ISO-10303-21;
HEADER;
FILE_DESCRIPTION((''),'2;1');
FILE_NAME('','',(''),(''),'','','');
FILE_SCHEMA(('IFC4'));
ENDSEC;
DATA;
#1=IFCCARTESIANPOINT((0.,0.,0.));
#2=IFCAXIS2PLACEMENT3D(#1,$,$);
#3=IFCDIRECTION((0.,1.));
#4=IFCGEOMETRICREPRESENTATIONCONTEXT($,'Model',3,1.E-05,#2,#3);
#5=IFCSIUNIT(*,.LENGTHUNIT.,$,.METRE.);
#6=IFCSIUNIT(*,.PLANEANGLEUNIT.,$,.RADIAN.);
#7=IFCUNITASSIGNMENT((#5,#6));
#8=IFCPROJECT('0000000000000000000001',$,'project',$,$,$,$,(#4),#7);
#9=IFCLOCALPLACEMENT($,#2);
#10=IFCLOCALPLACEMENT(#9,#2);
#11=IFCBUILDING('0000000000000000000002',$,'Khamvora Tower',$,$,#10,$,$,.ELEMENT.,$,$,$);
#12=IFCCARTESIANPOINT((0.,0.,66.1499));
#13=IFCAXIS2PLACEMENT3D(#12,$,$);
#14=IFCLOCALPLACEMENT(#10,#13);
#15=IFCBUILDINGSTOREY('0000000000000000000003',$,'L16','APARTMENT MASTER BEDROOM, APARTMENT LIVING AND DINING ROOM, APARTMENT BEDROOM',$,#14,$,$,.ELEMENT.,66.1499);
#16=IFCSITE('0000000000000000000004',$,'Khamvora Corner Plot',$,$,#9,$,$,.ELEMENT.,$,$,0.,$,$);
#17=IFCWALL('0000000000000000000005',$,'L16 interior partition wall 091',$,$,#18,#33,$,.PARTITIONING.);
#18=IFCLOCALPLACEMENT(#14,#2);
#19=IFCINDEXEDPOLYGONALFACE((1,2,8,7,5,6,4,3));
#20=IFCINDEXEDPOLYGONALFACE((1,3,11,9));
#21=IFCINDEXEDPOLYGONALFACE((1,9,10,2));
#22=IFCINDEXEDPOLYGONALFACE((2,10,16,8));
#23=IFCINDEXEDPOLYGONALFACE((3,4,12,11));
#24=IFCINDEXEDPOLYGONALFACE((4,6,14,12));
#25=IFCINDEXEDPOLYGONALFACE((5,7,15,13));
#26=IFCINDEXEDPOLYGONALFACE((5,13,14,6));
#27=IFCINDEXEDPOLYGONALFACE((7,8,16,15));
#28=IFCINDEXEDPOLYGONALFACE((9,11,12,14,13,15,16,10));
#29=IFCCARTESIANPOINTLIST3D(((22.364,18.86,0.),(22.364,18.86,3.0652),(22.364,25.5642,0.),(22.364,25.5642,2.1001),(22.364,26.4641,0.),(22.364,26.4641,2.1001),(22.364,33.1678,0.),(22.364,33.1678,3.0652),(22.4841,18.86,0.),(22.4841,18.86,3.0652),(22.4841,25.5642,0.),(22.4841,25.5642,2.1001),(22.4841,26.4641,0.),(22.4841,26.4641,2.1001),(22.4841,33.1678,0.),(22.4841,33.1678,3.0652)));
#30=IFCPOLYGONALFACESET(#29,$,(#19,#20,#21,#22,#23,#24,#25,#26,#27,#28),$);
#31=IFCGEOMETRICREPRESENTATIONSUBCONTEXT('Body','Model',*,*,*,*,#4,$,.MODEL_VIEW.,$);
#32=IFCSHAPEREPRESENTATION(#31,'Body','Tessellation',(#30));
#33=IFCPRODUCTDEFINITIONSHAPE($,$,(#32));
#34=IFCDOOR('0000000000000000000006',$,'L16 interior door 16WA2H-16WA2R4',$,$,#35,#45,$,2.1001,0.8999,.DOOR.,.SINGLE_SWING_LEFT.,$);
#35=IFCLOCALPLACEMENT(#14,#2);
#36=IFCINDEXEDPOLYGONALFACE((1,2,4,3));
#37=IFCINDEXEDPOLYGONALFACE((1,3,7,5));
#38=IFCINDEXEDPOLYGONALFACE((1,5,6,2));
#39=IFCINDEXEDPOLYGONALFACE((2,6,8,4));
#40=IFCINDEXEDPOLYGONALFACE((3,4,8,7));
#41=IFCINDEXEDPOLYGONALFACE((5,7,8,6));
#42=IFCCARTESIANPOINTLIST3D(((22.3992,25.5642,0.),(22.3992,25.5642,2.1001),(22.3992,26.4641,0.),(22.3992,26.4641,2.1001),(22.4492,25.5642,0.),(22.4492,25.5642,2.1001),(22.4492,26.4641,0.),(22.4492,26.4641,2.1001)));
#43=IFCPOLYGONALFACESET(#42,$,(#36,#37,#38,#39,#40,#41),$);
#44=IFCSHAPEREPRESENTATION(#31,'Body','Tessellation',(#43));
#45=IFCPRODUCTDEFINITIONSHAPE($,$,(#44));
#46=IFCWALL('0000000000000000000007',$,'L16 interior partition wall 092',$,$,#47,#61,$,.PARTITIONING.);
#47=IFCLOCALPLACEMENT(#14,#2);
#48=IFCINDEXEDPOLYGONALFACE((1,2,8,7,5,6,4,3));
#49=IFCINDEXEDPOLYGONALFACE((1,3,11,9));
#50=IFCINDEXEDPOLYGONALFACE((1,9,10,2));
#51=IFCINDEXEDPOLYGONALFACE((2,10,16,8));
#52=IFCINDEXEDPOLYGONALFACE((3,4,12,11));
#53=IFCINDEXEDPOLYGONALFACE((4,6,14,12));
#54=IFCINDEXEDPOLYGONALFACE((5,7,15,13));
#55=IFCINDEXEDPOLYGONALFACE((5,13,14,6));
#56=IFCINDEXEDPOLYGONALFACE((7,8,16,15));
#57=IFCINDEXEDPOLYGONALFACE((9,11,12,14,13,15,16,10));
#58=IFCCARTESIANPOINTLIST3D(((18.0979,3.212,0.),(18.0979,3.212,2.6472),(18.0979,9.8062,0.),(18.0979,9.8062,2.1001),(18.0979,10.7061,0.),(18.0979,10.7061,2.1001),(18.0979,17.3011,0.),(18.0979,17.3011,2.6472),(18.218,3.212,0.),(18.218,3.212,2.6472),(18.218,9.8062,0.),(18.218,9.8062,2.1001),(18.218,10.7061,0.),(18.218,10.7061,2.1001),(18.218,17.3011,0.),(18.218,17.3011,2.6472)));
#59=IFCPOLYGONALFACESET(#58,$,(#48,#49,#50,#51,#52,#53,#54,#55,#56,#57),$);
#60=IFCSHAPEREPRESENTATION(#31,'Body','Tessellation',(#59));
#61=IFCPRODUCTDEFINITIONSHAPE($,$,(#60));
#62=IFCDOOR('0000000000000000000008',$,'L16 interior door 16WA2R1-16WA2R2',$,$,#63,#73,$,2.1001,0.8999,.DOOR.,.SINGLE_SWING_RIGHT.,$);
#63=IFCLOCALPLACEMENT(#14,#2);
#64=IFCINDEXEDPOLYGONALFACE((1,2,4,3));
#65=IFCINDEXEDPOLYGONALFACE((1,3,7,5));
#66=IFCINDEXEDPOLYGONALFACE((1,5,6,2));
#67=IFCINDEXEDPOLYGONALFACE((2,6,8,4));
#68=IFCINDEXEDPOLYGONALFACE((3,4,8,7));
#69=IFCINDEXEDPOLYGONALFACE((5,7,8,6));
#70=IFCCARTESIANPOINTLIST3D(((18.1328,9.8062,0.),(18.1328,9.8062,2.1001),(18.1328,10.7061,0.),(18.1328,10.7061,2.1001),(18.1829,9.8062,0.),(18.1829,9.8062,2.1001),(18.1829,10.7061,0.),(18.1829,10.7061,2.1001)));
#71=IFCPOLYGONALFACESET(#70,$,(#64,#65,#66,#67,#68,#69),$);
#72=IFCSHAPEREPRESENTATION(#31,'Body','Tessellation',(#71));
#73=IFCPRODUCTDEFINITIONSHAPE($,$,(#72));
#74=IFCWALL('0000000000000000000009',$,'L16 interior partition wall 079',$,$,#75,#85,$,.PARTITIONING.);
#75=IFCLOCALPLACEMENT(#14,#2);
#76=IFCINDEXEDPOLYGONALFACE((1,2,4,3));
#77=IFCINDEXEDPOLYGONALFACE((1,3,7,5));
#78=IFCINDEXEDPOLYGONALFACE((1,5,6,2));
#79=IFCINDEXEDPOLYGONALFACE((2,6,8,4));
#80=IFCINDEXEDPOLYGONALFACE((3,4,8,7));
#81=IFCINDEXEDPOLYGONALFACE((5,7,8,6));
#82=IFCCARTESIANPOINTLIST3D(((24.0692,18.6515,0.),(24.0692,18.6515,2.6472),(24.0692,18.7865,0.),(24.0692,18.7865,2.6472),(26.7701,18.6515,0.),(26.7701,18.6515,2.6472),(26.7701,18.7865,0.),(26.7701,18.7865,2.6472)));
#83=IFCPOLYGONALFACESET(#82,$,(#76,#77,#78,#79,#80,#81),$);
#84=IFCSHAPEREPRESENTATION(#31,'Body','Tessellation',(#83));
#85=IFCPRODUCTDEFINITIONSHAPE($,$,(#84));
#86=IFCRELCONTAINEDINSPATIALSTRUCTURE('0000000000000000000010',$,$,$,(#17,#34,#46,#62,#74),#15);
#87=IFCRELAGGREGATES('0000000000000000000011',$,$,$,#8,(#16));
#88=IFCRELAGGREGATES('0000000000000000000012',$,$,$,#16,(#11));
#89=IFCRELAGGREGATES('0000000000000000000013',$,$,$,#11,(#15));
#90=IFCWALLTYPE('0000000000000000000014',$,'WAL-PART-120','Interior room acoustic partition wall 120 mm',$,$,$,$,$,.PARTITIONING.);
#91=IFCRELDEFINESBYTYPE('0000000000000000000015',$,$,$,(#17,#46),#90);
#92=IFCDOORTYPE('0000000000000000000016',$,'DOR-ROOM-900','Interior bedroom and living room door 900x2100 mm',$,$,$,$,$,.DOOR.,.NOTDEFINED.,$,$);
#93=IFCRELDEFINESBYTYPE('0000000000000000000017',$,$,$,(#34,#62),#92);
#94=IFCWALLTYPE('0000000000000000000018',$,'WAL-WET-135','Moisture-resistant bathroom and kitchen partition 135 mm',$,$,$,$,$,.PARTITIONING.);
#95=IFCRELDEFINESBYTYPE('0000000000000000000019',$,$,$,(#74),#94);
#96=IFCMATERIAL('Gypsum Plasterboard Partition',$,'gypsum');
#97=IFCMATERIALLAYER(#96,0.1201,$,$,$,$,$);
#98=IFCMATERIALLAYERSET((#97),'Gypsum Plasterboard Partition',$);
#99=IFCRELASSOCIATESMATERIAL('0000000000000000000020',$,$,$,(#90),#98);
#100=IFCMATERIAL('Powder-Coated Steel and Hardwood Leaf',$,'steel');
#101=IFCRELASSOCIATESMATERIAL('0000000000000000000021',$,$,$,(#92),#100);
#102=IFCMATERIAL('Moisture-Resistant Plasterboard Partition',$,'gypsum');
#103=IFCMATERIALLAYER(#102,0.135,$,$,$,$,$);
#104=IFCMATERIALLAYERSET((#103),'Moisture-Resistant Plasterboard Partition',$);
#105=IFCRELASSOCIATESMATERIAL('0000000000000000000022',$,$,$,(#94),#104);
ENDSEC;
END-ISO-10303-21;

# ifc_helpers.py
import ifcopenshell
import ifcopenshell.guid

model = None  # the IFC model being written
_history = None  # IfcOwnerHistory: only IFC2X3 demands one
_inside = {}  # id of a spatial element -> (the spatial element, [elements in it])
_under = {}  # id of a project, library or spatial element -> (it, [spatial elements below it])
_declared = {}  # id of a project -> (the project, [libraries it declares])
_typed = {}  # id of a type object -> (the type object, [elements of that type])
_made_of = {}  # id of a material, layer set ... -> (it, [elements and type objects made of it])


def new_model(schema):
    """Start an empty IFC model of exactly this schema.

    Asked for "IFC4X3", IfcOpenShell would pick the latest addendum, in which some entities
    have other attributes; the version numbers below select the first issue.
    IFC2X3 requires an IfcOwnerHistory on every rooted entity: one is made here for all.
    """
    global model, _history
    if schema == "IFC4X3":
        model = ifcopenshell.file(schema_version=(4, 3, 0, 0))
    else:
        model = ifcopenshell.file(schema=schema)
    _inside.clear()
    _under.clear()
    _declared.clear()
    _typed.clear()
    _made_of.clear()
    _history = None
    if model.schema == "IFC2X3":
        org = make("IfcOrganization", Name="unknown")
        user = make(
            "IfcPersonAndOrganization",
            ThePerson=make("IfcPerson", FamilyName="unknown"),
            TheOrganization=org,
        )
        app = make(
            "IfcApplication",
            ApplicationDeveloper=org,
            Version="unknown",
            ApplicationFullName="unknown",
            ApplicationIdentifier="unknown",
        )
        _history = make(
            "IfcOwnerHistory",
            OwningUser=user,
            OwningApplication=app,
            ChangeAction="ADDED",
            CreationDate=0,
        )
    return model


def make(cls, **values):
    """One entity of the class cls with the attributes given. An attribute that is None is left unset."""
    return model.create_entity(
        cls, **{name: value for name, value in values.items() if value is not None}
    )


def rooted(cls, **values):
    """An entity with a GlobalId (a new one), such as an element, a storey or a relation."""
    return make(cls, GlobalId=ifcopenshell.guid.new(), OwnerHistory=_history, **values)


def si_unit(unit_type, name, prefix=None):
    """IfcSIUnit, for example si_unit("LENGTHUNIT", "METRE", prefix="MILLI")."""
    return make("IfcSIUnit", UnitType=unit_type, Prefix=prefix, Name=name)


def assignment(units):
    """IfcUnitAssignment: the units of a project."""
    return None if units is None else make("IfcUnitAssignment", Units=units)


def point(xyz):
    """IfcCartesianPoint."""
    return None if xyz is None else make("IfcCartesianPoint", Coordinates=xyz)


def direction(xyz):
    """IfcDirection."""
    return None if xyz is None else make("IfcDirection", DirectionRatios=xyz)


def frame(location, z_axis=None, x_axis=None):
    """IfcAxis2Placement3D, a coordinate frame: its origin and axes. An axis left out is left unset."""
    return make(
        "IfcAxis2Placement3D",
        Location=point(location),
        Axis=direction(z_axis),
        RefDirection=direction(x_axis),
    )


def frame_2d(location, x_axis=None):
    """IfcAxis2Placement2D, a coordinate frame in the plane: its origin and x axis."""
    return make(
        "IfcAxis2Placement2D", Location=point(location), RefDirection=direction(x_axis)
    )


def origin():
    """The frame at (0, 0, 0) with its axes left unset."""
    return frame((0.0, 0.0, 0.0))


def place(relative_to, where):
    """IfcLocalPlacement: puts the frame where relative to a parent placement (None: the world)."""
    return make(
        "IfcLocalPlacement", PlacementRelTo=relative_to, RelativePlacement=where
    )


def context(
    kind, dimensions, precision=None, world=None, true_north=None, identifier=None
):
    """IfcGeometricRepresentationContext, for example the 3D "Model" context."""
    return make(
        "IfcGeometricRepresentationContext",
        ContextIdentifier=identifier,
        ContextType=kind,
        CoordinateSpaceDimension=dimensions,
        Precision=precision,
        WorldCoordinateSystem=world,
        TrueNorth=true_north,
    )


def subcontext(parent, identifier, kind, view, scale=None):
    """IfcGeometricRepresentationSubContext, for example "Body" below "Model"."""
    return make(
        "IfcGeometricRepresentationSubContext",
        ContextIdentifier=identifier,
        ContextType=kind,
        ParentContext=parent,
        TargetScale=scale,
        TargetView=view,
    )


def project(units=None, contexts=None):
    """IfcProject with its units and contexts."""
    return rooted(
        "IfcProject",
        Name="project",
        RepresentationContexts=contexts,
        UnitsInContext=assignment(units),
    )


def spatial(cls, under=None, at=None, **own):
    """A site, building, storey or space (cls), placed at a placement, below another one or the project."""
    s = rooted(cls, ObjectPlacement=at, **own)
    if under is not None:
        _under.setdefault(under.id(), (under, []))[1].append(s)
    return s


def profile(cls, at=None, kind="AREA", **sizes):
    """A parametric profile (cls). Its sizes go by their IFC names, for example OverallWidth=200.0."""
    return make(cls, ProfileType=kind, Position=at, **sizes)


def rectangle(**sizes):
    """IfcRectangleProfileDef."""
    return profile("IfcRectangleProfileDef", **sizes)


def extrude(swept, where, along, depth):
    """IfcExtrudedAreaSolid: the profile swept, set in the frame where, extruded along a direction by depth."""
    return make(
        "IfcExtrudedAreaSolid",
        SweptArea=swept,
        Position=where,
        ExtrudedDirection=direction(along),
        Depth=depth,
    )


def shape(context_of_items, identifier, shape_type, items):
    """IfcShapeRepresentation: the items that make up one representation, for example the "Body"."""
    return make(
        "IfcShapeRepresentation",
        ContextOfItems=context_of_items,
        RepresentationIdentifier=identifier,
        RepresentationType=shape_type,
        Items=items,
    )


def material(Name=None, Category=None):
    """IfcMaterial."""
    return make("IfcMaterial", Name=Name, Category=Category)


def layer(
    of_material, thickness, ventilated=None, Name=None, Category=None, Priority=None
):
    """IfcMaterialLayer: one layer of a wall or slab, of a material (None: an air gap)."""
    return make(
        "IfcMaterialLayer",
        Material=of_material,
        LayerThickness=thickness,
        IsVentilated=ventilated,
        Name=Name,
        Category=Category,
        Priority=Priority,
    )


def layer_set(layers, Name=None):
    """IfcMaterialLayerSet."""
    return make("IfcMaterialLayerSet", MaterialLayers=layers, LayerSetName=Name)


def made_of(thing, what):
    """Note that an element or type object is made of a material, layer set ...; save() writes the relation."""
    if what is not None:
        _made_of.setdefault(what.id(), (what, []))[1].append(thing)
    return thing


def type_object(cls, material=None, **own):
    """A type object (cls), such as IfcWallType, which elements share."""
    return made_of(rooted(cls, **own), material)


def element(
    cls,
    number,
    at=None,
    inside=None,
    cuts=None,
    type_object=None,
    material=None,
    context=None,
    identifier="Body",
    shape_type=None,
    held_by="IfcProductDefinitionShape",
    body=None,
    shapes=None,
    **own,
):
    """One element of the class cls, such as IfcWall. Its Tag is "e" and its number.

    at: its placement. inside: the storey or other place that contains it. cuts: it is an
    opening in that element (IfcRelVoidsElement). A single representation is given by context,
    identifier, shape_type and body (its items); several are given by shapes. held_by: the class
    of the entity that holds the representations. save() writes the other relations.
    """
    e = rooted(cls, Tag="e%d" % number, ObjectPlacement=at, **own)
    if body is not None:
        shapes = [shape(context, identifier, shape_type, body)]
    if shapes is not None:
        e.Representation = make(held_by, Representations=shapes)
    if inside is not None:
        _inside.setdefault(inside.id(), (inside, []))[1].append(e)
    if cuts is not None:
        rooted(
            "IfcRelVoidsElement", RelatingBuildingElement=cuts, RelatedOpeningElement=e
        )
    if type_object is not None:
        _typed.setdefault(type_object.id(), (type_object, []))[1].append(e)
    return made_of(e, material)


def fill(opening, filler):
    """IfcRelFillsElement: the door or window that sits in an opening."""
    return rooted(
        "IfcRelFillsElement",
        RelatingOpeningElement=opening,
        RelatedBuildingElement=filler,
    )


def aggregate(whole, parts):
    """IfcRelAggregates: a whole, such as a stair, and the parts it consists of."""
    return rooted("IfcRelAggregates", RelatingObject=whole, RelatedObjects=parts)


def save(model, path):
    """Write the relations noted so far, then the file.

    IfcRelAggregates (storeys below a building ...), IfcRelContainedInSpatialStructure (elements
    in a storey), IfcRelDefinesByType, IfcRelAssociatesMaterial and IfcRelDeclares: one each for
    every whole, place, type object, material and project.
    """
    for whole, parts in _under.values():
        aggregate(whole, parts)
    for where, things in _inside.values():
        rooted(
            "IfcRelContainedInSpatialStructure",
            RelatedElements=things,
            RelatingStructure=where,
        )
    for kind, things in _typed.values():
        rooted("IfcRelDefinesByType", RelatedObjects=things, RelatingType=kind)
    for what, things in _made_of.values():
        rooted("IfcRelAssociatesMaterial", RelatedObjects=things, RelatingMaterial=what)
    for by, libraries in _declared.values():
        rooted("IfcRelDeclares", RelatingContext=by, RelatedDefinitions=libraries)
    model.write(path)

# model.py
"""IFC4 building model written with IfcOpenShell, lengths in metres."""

from ifc_helpers import new_model, si_unit, direction, frame, frame_2d, origin, place, context, subcontext, project, spatial, rectangle, extrude, material, layer, layer_set, type_object, element, fill, save


model = new_model("IFC4")

# Units and contexts
model_context = context("Model", 3, precision=1e-05, world=origin(), true_north=direction((0.0, 1.0)))
body_context = subcontext(model_context, "Body", "Model", "MODEL_VIEW")
ifc_project = project(units=[si_unit("LENGTHUNIT", "METRE"), si_unit("PLANEANGLEUNIT", "RADIAN")], contexts=[model_context])

# Site, building, storey
site_placement = place(None, origin())
site = spatial("IfcSite", under=ifc_project, at=site_placement, Name="Khamvora Corner Plot", CompositionType="ELEMENT", RefElevation=0.0)
building_placement = place(site_placement, origin())
building = spatial("IfcBuilding", under=site, at=building_placement, Name="Khamvora Tower", CompositionType="ELEMENT")
storey_placement = place(building_placement, frame((0.0, 0.0, 66.1499)))
storey = spatial("IfcBuildingStorey", under=building, at=storey_placement, Name="L16", Description="APARTMENT MASTER BEDROOM, APARTMENT LIVING AND DINING ROOM, APARTMENT BEDROOM", CompositionType="ELEMENT", Elevation=66.1499)

# Shared definitions
ifc_material_1 = material(Name="Gypsum Plasterboard Partition", Category="gypsum")
ifc_layer_1 = layer(ifc_material_1, 0.1201)
ifc_layer_set_1 = layer_set([ifc_layer_1], Name="Gypsum Plasterboard Partition")
wall_type_1 = type_object("IfcWallType", Name="WAL-PART-120", Description="Interior room acoustic partition wall 120 mm", PredefinedType="PARTITIONING", material=ifc_layer_set_1)

# Shared definitions
ifc_material_2 = material(Name="Powder-Coated Steel and Hardwood Leaf", Category="steel")
door_type = type_object("IfcDoorType", Name="DOR-ROOM-900", Description="Interior bedroom and living room door 900x2100 mm", OperationType="NOTDEFINED", PredefinedType="DOOR", material=ifc_material_2)

# Walls, openings, doors
wall_1_placement = place(storey_placement, frame((22.4241, 18.8601, 0.0), z_axis=(0.0, 0.0, 1.0), x_axis=(0.0, 1.0, 0.0)))
wall_1 = element("IfcWall", 1, at=wall_1_placement, inside=storey, type_object=wall_type_1, Name="L16 interior partition wall 091", PredefinedType="PARTITIONING", context=body_context, shape_type="SweptSolid", body=[
    extrude(rectangle(XDim=14.3079, YDim=0.1201, at=frame_2d((7.1538, 0.0))), origin(), (0.0, 0.0, 1.0), 3.0652),
])
opening_1_placement = place(wall_1_placement, frame((6.7041, 0.0, 0.0)))
opening_1 = element("IfcOpeningElement", 2, at=opening_1_placement, cuts=wall_1, PredefinedType="OPENING", context=body_context, shape_type="SweptSolid", body=[
    extrude(rectangle(XDim=0.8999, YDim=2.1001, at=frame_2d((0.45, 1.05))), frame((0.0, 0.0701, 0.0), z_axis=(0.0, -1.0, 0.0), x_axis=(1.0, 0.0, 0.0)), (0.0, 0.0, 1.0), 0.1401),
])
door_1_placement = place(opening_1_placement, origin())
door_1 = element("IfcDoor", 3, at=door_1_placement, inside=storey, type_object=door_type, Name="L16 interior door 16WA2H-16WA2R4", OperationType="SINGLE_SWING_LEFT", OverallHeight=2.1001, OverallWidth=0.8999, PredefinedType="DOOR", context=body_context, shape_type="SweptSolid", body=[
    extrude(rectangle(XDim=0.8999, YDim=2.1001, at=frame_2d((0.45, 1.05))), frame((0.0, 0.0249, 0.0), z_axis=(0.0, -1.0, 0.0), x_axis=(1.0, 0.0, 0.0)), (0.0, 0.0, 1.0), 0.05),
])
fill(opening_1, door_1)
wall_2_placement = place(storey_placement, frame((18.158, 17.301, 0.0), z_axis=(0.0, 0.0, 1.0), x_axis=(0.0, -1.0, 0.0)))
wall_2 = element("IfcWall", 4, at=wall_2_placement, inside=storey, type_object=wall_type_1, Name="L16 interior partition wall 092", PredefinedType="PARTITIONING", context=body_context, shape_type="SweptSolid", body=[
    extrude(rectangle(XDim=14.0891, YDim=0.1201, at=frame_2d((7.0444, 0.0))), origin(), (0.0, 0.0, 1.0), 2.6472),
])
opening_2_placement = place(wall_2_placement, frame((6.595, 0.0, 0.0)))
opening_2 = element("IfcOpeningElement", 5, at=opening_2_placement, cuts=wall_2, PredefinedType="OPENING", context=body_context, shape_type="SweptSolid", body=[
    extrude(rectangle(XDim=0.8999, YDim=2.1001, at=frame_2d((0.45, 1.05))), frame((0.0, 0.0701, 0.0), z_axis=(0.0, -1.0, 0.0), x_axis=(1.0, 0.0, 0.0)), (0.0, 0.0, 1.0), 0.1401),
])
door_2_placement = place(opening_2_placement, origin())
door_2 = element("IfcDoor", 6, at=door_2_placement, inside=storey, type_object=door_type, Name="L16 interior door 16WA2R1-16WA2R2", OperationType="SINGLE_SWING_RIGHT", OverallHeight=2.1001, OverallWidth=0.8999, PredefinedType="DOOR", context=body_context, shape_type="SweptSolid", body=[
    extrude(rectangle(XDim=0.8999, YDim=2.1001, at=frame_2d((0.45, 1.05))), frame((0.0, 0.0249, 0.0), z_axis=(0.0, -1.0, 0.0), x_axis=(1.0, 0.0, 0.0)), (0.0, 0.0, 1.0), 0.05),
])
fill(opening_2, door_2)

# Wall
ifc_material_3 = material(Name="Moisture-Resistant Plasterboard Partition", Category="gypsum")
ifc_layer_2 = layer(ifc_material_3, 0.135)
ifc_layer_set_2 = layer_set([ifc_layer_2], Name="Moisture-Resistant Plasterboard Partition")
wall_type_2 = type_object("IfcWallType", Name="WAL-WET-135", Description="Moisture-resistant bathroom and kitchen partition 135 mm", PredefinedType="PARTITIONING", material=ifc_layer_set_2)
wall_3_placement = place(storey_placement, frame((24.0691, 18.719, 0.0), z_axis=(0.0, 0.0, 1.0), x_axis=(1.0, 0.0, 0.0)))
element("IfcWall", 7, at=wall_3_placement, inside=storey, type_object=wall_type_2, Name="L16 interior partition wall 079", PredefinedType="PARTITIONING", context=body_context, shape_type="SweptSolid", body=[
    extrude(rectangle(XDim=2.7009, YDim=0.135, at=frame_2d((1.3506, 0.0))), origin(), (0.0, 0.0, 1.0), 2.6472),
])

save(model, "model.ifc")
